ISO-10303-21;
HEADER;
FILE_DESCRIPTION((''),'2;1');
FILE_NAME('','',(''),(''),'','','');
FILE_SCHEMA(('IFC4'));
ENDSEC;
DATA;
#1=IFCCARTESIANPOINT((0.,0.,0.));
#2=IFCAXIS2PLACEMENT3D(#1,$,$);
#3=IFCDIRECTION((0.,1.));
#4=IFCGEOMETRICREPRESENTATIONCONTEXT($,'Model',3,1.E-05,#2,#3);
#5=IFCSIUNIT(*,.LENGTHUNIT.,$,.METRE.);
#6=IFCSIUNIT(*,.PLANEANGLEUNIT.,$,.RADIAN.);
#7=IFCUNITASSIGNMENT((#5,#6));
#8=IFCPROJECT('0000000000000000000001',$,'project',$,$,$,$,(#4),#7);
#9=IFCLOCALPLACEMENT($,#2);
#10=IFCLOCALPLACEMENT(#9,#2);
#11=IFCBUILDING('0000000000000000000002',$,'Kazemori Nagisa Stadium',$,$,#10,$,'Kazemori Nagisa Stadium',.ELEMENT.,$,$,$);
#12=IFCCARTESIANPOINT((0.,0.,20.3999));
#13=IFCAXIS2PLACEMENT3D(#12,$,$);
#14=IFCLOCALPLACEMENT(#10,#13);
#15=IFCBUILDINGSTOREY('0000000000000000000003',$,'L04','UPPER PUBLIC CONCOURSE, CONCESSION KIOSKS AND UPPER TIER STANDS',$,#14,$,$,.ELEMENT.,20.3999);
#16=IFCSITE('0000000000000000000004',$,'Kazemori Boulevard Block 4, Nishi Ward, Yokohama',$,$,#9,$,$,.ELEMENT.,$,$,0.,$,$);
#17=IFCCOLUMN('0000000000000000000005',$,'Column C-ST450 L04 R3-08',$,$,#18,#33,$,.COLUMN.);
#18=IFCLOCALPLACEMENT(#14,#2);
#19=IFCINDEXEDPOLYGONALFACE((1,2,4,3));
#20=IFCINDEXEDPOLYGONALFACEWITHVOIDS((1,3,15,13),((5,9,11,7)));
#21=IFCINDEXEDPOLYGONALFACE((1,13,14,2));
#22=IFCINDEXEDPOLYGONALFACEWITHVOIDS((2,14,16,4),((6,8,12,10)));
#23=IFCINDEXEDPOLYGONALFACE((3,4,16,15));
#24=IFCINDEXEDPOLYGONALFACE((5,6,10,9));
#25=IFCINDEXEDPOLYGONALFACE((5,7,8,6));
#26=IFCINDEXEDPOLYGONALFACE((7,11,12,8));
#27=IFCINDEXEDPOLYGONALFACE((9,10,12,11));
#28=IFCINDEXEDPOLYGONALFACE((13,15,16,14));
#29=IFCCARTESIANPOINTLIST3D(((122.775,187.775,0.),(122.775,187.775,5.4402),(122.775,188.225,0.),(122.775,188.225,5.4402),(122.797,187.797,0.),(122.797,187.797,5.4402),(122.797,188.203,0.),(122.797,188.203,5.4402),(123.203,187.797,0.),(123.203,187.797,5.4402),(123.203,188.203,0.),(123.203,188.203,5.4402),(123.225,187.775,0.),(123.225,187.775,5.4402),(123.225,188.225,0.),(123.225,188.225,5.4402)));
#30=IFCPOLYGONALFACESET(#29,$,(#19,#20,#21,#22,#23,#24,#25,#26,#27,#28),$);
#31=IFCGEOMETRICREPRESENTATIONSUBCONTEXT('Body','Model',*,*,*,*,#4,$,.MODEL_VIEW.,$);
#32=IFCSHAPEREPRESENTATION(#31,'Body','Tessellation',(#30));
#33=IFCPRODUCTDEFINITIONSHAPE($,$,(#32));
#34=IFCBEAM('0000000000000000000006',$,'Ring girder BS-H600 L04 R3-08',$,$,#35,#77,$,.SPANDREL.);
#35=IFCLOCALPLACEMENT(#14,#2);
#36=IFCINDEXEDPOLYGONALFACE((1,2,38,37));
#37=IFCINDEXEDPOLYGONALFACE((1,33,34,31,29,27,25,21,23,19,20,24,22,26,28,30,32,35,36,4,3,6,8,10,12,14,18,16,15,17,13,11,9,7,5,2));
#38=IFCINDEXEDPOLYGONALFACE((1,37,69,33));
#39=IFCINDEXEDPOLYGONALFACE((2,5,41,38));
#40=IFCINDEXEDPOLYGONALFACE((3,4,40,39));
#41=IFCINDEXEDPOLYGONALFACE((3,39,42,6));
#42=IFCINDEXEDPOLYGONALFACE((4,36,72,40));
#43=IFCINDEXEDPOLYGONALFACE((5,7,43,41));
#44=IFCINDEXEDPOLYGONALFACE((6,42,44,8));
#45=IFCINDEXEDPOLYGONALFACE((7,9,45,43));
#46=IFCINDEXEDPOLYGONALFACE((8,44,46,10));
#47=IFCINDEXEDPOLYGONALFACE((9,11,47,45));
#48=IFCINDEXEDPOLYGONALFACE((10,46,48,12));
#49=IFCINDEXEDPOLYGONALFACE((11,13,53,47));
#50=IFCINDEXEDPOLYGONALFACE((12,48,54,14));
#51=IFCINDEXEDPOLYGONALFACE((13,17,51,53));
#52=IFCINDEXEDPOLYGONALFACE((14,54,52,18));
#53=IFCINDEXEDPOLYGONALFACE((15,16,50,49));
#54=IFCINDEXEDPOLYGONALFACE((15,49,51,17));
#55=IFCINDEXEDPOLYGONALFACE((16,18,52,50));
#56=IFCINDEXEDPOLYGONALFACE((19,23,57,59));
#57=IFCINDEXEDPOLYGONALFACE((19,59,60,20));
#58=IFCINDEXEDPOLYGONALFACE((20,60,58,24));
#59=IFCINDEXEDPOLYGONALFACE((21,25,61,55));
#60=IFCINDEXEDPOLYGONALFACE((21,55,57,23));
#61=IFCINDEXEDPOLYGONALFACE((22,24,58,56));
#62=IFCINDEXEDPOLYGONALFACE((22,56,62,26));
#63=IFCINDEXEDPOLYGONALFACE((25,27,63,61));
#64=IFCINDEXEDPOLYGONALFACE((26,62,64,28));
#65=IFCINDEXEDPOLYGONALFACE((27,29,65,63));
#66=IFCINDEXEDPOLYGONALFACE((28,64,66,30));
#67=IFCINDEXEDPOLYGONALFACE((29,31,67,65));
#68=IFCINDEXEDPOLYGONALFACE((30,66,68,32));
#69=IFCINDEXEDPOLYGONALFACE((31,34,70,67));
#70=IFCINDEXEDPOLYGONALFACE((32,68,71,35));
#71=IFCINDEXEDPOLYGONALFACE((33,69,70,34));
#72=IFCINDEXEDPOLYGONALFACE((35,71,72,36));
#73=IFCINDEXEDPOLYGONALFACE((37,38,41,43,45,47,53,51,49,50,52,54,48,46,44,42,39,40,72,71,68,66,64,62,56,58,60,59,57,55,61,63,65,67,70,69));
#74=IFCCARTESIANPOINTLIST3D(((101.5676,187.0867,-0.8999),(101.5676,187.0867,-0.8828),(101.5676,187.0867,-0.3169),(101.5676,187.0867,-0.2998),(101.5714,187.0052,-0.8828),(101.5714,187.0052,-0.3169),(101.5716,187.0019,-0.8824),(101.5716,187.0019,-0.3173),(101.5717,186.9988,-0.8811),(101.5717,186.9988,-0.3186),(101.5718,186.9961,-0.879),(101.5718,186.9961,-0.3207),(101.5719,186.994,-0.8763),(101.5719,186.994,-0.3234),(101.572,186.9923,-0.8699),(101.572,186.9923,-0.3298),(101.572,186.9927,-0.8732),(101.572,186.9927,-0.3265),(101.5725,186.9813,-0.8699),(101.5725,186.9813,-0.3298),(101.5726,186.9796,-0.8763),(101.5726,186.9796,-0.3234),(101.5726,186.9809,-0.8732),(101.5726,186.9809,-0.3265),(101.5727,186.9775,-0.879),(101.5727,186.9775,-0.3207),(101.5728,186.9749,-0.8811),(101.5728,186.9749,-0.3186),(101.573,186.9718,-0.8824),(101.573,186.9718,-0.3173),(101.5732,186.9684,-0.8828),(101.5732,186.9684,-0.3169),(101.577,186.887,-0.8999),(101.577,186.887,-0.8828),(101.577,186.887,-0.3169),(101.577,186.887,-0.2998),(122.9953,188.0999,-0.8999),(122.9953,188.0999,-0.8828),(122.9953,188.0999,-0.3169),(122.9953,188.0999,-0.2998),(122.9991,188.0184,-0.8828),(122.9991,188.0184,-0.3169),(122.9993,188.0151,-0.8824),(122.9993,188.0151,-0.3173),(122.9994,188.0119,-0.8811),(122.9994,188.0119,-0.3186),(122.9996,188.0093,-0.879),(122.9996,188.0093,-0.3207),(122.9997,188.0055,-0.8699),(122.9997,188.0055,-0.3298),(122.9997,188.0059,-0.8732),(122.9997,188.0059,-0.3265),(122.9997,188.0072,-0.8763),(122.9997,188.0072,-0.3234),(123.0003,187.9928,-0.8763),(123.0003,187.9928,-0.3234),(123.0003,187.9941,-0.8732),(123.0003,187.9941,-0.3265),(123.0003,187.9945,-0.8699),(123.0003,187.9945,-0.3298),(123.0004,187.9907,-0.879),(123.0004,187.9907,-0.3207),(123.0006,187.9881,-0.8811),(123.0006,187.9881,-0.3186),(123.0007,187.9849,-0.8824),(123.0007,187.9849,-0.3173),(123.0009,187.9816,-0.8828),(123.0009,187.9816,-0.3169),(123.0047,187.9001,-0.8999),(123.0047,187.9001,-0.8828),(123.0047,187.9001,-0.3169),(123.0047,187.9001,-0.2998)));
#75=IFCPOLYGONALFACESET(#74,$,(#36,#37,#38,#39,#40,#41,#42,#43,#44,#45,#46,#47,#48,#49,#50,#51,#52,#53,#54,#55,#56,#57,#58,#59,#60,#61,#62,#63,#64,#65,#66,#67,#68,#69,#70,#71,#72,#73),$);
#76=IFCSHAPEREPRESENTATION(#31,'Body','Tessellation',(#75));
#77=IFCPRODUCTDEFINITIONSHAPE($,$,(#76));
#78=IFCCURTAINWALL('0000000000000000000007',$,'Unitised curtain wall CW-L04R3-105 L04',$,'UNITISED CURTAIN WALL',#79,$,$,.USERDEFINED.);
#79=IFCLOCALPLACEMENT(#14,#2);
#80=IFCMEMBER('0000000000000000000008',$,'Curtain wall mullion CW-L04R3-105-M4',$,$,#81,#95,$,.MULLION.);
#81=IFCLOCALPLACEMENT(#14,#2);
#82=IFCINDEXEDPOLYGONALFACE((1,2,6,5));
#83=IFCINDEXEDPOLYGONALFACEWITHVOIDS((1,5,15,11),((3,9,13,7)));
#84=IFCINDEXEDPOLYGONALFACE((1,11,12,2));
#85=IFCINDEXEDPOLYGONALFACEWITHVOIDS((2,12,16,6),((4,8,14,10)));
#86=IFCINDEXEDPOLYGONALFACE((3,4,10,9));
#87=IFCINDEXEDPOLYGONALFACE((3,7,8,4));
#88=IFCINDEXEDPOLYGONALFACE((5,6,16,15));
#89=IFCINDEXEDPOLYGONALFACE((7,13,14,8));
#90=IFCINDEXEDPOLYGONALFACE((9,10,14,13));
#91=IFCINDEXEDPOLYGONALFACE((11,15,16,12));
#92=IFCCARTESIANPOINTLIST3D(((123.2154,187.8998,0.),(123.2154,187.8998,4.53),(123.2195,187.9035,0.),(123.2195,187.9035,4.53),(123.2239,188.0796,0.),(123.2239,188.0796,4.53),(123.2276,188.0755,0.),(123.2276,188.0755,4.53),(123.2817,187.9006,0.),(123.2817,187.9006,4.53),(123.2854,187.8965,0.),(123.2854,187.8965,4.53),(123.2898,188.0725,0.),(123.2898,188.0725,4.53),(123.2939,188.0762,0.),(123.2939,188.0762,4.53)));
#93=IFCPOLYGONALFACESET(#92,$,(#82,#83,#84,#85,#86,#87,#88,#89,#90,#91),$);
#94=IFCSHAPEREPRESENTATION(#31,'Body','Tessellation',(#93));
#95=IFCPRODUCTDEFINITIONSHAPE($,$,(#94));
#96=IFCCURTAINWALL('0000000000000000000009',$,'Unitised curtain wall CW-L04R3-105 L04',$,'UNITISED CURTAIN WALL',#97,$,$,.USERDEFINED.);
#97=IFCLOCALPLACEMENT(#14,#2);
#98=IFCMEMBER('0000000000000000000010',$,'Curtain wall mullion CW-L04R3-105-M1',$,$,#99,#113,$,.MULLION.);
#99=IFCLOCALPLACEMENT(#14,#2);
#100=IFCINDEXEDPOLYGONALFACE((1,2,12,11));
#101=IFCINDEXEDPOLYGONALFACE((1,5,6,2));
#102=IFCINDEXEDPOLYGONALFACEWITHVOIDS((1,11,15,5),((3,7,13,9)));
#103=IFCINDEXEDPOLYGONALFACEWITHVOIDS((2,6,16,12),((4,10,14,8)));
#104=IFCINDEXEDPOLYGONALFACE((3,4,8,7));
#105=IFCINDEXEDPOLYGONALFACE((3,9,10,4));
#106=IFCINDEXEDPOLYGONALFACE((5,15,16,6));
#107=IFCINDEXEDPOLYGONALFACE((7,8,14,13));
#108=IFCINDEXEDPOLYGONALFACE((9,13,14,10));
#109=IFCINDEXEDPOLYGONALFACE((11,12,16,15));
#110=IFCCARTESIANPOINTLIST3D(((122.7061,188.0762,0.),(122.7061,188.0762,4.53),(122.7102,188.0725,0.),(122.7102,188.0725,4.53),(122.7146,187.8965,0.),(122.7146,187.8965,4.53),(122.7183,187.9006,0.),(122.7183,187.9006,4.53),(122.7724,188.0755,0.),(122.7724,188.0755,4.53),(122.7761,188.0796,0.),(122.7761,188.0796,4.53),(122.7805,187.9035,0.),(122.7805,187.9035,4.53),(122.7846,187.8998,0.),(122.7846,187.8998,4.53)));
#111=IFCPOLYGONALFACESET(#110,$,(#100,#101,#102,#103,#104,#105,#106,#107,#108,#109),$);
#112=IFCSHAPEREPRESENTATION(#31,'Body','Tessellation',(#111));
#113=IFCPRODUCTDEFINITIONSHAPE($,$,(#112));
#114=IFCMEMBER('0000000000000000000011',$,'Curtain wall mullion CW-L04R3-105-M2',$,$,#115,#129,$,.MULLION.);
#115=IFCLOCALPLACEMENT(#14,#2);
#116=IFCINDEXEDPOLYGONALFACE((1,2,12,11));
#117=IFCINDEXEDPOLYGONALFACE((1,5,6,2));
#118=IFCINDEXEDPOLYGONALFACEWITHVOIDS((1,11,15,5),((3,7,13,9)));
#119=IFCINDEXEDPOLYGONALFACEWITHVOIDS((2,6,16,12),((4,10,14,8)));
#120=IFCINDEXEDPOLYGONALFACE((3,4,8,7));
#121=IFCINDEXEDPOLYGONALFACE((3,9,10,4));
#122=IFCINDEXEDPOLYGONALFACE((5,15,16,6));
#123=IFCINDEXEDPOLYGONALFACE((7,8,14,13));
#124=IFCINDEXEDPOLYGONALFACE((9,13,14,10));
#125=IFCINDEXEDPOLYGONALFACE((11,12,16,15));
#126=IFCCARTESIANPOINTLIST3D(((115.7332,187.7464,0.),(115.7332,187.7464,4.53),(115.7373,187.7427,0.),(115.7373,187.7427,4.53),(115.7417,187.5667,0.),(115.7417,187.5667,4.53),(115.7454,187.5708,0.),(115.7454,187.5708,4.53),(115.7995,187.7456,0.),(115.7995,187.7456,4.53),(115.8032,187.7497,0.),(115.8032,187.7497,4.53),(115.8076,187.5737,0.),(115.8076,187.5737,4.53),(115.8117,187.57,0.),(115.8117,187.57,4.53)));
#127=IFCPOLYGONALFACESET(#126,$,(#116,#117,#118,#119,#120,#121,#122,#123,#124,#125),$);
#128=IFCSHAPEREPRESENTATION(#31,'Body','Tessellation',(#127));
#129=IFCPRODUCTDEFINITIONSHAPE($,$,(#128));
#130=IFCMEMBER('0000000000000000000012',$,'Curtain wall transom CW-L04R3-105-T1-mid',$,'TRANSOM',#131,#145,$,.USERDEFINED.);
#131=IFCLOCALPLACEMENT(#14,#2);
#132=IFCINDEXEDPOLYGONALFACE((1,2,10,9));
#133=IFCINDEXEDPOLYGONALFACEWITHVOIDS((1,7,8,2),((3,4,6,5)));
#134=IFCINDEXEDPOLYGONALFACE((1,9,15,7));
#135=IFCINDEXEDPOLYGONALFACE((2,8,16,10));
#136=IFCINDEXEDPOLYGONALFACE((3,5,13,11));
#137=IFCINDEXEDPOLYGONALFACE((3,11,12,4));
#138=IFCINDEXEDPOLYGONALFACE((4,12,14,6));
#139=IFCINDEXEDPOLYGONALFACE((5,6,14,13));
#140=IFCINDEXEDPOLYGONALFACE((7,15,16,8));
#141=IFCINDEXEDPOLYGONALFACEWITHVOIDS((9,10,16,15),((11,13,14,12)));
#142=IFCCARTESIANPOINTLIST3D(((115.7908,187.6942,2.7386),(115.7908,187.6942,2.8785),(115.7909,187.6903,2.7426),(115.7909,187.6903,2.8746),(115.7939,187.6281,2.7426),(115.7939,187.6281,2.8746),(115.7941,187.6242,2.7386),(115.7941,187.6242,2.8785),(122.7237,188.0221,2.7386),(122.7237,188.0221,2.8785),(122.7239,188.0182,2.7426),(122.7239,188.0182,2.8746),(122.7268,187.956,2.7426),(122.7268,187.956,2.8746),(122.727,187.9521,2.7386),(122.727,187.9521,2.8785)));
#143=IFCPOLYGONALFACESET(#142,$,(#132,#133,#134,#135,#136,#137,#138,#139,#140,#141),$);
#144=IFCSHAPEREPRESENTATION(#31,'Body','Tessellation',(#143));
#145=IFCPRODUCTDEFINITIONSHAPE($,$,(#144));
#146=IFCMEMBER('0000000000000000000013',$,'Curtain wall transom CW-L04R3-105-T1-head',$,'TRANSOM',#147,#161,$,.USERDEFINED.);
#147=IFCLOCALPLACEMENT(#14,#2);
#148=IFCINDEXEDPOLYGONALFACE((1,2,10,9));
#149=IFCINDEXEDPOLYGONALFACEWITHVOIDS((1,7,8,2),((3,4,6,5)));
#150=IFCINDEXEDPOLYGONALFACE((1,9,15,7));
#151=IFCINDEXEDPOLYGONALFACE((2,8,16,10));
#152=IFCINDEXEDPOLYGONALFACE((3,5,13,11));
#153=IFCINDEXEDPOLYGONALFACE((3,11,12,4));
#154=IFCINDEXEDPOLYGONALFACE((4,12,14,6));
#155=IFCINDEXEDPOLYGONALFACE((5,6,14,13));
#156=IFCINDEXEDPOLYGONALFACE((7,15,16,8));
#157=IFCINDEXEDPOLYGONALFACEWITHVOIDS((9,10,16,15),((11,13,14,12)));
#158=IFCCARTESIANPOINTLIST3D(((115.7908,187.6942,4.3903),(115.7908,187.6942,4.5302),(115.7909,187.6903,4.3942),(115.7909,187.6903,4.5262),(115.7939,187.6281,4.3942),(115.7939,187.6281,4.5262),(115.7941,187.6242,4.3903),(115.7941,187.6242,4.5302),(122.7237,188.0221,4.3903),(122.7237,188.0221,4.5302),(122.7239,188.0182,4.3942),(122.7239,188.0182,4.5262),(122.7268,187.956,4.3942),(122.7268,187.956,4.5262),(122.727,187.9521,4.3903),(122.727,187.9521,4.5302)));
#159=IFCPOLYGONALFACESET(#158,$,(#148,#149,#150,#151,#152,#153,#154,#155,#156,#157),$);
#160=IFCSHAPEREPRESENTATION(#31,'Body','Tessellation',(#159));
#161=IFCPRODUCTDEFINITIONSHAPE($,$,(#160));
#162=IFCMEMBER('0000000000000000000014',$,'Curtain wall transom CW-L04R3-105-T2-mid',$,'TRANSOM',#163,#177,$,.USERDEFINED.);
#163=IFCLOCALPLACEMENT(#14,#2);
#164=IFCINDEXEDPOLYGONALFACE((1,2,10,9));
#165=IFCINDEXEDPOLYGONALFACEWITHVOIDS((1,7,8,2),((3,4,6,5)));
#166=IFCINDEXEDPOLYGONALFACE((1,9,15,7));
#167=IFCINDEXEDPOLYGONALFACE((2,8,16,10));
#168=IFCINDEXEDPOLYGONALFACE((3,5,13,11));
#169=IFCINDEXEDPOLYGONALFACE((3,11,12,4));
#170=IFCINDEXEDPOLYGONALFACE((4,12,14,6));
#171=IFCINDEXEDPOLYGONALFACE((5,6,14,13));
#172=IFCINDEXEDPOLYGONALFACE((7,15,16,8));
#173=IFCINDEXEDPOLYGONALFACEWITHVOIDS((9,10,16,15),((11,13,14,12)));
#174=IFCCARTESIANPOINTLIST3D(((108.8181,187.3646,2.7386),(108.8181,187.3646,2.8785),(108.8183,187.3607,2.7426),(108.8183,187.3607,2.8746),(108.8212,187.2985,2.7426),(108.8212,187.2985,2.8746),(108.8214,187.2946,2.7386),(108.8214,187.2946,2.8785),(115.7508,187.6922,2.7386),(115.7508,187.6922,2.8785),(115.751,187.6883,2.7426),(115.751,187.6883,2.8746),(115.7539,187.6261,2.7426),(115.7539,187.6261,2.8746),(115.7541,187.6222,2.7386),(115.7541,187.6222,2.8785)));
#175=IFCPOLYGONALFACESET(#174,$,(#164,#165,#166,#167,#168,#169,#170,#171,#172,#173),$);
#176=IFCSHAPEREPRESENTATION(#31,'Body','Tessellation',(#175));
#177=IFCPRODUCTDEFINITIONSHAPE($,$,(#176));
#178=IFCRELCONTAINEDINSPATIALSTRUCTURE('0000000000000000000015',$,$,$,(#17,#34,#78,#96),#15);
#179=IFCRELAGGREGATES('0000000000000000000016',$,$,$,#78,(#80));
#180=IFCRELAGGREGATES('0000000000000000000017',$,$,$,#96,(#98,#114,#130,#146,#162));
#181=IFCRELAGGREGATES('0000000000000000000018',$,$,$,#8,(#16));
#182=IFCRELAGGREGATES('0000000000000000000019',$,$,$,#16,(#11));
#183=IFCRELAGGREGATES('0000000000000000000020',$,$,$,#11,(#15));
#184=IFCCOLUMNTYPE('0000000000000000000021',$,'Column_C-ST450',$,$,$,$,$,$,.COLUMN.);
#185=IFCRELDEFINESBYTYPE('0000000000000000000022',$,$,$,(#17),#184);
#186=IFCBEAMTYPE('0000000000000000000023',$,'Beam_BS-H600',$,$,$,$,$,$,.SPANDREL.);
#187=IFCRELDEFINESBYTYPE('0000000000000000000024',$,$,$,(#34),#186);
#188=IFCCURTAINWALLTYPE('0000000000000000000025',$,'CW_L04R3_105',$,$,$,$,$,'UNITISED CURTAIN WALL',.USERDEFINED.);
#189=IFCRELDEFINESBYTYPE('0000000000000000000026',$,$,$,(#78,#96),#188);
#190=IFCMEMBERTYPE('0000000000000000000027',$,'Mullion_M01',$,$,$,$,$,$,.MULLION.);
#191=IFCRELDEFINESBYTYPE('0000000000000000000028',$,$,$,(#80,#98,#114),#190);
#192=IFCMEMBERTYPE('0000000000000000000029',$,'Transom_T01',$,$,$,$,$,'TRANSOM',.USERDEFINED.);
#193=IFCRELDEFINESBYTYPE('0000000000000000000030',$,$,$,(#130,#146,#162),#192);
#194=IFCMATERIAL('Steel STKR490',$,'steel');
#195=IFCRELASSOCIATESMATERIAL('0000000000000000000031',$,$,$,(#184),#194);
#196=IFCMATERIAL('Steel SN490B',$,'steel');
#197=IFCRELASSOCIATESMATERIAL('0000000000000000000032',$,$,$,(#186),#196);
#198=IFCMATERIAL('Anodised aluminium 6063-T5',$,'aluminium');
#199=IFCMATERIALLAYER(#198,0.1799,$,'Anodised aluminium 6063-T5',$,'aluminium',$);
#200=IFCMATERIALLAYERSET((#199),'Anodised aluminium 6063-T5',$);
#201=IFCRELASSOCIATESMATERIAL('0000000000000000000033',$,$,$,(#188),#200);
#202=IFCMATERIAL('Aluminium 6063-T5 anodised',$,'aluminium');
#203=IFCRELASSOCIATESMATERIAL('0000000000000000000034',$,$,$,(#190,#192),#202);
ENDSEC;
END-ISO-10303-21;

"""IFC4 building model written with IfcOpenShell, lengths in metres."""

from ifc_helpers import new_model, si_unit, direction, frame, origin, origin_2d, place, context, subcontext, project, spatial, hollow_rectangle, i_section, extrude, material, layer, layer_set, material_profile, profile_set, type_object, element, aggregate, save


model = new_model("IFC4")

# Units and contexts
model_context = context("Model", 3, precision=1e-05, world=origin(), true_north=direction((0.0, 1.0)))
body_context = subcontext(model_context, "Body", "Model", "MODEL_VIEW")
ifc_project = project(units=[si_unit("LENGTHUNIT", "METRE"), si_unit("PLANEANGLEUNIT", "RADIAN")], contexts=[model_context])

# Site, building, storey
site_placement = place(None, origin())
site = spatial("IfcSite", under=ifc_project, at=site_placement, Name="Kazemori Boulevard Block 4, Nishi Ward, Yokohama", CompositionType="ELEMENT", RefElevation=0.0)
building_placement = place(site_placement, origin())
building = spatial("IfcBuilding", under=site, at=building_placement, Name="Kazemori Nagisa Stadium", LongName="Kazemori Nagisa Stadium", CompositionType="ELEMENT")
storey_placement = place(building_placement, frame((0.0, 0.0, 20.3999)))
storey = spatial("IfcBuildingStorey", under=building, at=storey_placement, Name="L04", Description="UPPER PUBLIC CONCOURSE, CONCESSION KIOSKS AND UPPER TIER STANDS", CompositionType="ELEMENT", Elevation=20.3999)

# Column
ifc_material_1 = material(Name="Steel STKR490", Category="steel")
ifc_material_profile_1 = material_profile(ifc_material_1, hollow_rectangle(XDim=0.45, YDim=0.45, WallThickness=0.022, at=origin_2d()), Name="SHS-450x450x22")
ifc_profile_set_1 = profile_set([ifc_material_profile_1], Name="Steel STKR490")
column_type = type_object("IfcColumnType", Name="Column_C-ST450", PredefinedType="COLUMN", material=ifc_profile_set_1)
column_placement = place(storey_placement, frame((123.0, 188.0, 0.0), z_axis=(0.0, 0.0, 1.0), x_axis=(0.0, 1.0, 0.0)))
element("IfcColumn", 1, at=column_placement, inside=storey, type_object=column_type, Name="Column C-ST450 L04 R3-08", PredefinedType="COLUMN", context=body_context, shape_type="SweptSolid", body=[
    extrude(hollow_rectangle(XDim=0.45, YDim=0.45, WallThickness=0.022, at=origin_2d()), origin(), (0.0, 0.0, 1.0), 5.4402),
])

# Beam
ifc_material_2 = material(Name="Steel SN490B", Category="steel")
ifc_material_profile_2 = material_profile(ifc_material_2, i_section(OverallWidth=0.2, OverallDepth=0.6001, WebThickness=0.011, FlangeThickness=0.0171, FilletRadius=0.0129, at=origin_2d()), Name="H-600x200x11x17")
ifc_profile_set_2 = profile_set([ifc_material_profile_2], Name="Steel SN490B")
beam_type = type_object("IfcBeamType", Name="Beam_BS-H600", PredefinedType="SPANDREL", material=ifc_profile_set_2)
beam_placement = place(storey_placement, frame((123.0, 188.0, -0.5999), z_axis=(-0.998884, -0.047231, 0.0), x_axis=(0.047231, -0.998884, 0.0)))
element("IfcBeam", 2, at=beam_placement, inside=storey, type_object=beam_type, Name="Ring girder BS-H600 L04 R3-08", PredefinedType="SPANDREL", context=body_context, shape_type="SweptSolid", body=[
    extrude(i_section(OverallWidth=0.2, OverallDepth=0.6001, WebThickness=0.011, FlangeThickness=0.0171, FilletRadius=0.0129, at=origin_2d()), origin(), (0.0, 0.0, 1.0), 21.4517),
])

# Curtain wall, member
ifc_material_3 = material(Name="Anodised aluminium 6063-T5", Category="aluminium")
ifc_layer_1 = layer(ifc_material_3, 0.1799, Name="Anodised aluminium 6063-T5", Category="aluminium")
ifc_layer_set_1 = layer_set([ifc_layer_1], Name="Anodised aluminium 6063-T5")
curtain_wall_type = type_object("IfcCurtainWallType", Name="CW_L04R3_105", ElementType="UNITISED CURTAIN WALL", PredefinedType="USERDEFINED", material=ifc_layer_set_1)
curtain_wall_1_placement = place(storey_placement, origin())
curtain_wall_1 = element("IfcCurtainWall", 3, at=curtain_wall_1_placement, inside=storey, type_object=curtain_wall_type, Name="Unitised curtain wall CW-L04R3-105 L04", ObjectType="UNITISED CURTAIN WALL", PredefinedType="USERDEFINED")
ifc_material_4 = material(Name="Aluminium 6063-T5 anodised", Category="aluminium")
ifc_material_profile_3 = material_profile(ifc_material_4, hollow_rectangle(XDim=0.0701, YDim=0.1799, WallThickness=0.0039, at=origin_2d()), Name="ALU-MULL-70x180x4")
ifc_profile_set_3 = profile_set([ifc_material_profile_3], Name="Aluminium 6063-T5 anodised")
member_type_1 = type_object("IfcMemberType", Name="Mullion_M01", PredefinedType="MULLION", material=ifc_profile_set_3)
member_1_placement = place(storey_placement, frame((123.2546, 187.988, 0.0), z_axis=(0.0, 0.0, 1.0), x_axis=(-0.998884, 0.04723, 0.0)))
member_1 = element("IfcMember", 4, at=member_1_placement, type_object=member_type_1, Name="Curtain wall mullion CW-L04R3-105-M4", PredefinedType="MULLION", context=body_context, shape_type="SweptSolid", body=[
    extrude(hollow_rectangle(XDim=0.0701, YDim=0.1799, WallThickness=0.0039, at=origin_2d()), origin(), (0.0, 0.0, 1.0), 4.53),
])
aggregate(curtain_wall_1, [member_1])

# Curtain wall, members
curtain_wall_2_placement = place(storey_placement, origin())
curtain_wall_2 = element("IfcCurtainWall", 5, at=curtain_wall_2_placement, inside=storey, type_object=curtain_wall_type, Name="Unitised curtain wall CW-L04R3-105 L04", ObjectType="UNITISED CURTAIN WALL", PredefinedType="USERDEFINED")
member_2_placement = place(storey_placement, frame((122.7454, 187.988, 0.0), z_axis=(0.0, 0.0, 1.0), x_axis=(-0.998884, -0.04723, 0.0)))
member_2 = element("IfcMember", 6, at=member_2_placement, type_object=member_type_1, Name="Curtain wall mullion CW-L04R3-105-M1", PredefinedType="MULLION", context=body_context, shape_type="SweptSolid", body=[
    extrude(hollow_rectangle(XDim=0.0701, YDim=0.1799, WallThickness=0.0039, at=origin_2d()), origin(), (0.0, 0.0, 1.0), 4.53),
])
member_3_placement = place(storey_placement, frame((115.7725, 187.6582, 0.0), z_axis=(0.0, 0.0, 1.0), x_axis=(-0.998884, -0.04723, 0.0)))
member_3 = element("IfcMember", 7, at=member_3_placement, type_object=member_type_1, Name="Curtain wall mullion CW-L04R3-105-M2", PredefinedType="MULLION", context=body_context, shape_type="SweptSolid", body=[
    extrude(hollow_rectangle(XDim=0.0701, YDim=0.1799, WallThickness=0.0039, at=origin_2d()), origin(), (0.0, 0.0, 1.0), 4.53),
])
ifc_material_profile_4 = material_profile(ifc_material_4, hollow_rectangle(XDim=0.0701, YDim=0.1399, WallThickness=0.0039, at=origin_2d()), Name="ALU-TRAN-70x140x4")
ifc_profile_set_4 = profile_set([ifc_material_profile_4], Name="Aluminium 6063-T5 anodised")
member_type_2 = type_object("IfcMemberType", Name="Transom_T01", ElementType="TRANSOM", PredefinedType="USERDEFINED", material=ifc_profile_set_4)
member_4_placement = place(storey_placement, frame((122.7253, 187.9871, 2.8086), z_axis=(-0.998884, -0.047241, 0.0), x_axis=(0.047241, -0.998884, 0.0)))
member_4 = element("IfcMember", 8, at=member_4_placement, type_object=member_type_2, Name="Curtain wall transom CW-L04R3-105-T1-mid", ObjectType="TRANSOM", PredefinedType="USERDEFINED", context=body_context, shape_type="SweptSolid", body=[
    extrude(hollow_rectangle(XDim=0.0701, YDim=0.1399, WallThickness=0.0039, at=origin_2d()), origin(), (0.0, 0.0, 1.0), 6.9407),
])
member_5_placement = place(storey_placement, frame((122.7253, 187.9871, 4.4602), z_axis=(-0.998884, -0.047241, 0.0), x_axis=(0.047241, -0.998884, 0.0)))
member_5 = element("IfcMember", 9, at=member_5_placement, type_object=member_type_2, Name="Curtain wall transom CW-L04R3-105-T1-head", ObjectType="TRANSOM", PredefinedType="USERDEFINED", context=body_context, shape_type="SweptSolid", body=[
    extrude(hollow_rectangle(XDim=0.0701, YDim=0.1399, WallThickness=0.0039, at=origin_2d()), origin(), (0.0, 0.0, 1.0), 6.9407),
])
member_6_placement = place(storey_placement, frame((115.7524, 187.6572, 2.8086), z_axis=(-0.998885, -0.047207, 0.0), x_axis=(0.047207, -0.998885, 0.0)))
member_6 = element("IfcMember", 10, at=member_6_placement, type_object=member_type_2, Name="Curtain wall transom CW-L04R3-105-T2-mid", ObjectType="TRANSOM", PredefinedType="USERDEFINED", context=body_context, shape_type="SweptSolid", body=[
    extrude(hollow_rectangle(XDim=0.0701, YDim=0.1399, WallThickness=0.0039, at=origin_2d()), origin(), (0.0, 0.0, 1.0), 6.9404),
])
aggregate(curtain_wall_2, [member_2, member_3, member_4, member_5, member_6])

save(model, "model.ifc")
